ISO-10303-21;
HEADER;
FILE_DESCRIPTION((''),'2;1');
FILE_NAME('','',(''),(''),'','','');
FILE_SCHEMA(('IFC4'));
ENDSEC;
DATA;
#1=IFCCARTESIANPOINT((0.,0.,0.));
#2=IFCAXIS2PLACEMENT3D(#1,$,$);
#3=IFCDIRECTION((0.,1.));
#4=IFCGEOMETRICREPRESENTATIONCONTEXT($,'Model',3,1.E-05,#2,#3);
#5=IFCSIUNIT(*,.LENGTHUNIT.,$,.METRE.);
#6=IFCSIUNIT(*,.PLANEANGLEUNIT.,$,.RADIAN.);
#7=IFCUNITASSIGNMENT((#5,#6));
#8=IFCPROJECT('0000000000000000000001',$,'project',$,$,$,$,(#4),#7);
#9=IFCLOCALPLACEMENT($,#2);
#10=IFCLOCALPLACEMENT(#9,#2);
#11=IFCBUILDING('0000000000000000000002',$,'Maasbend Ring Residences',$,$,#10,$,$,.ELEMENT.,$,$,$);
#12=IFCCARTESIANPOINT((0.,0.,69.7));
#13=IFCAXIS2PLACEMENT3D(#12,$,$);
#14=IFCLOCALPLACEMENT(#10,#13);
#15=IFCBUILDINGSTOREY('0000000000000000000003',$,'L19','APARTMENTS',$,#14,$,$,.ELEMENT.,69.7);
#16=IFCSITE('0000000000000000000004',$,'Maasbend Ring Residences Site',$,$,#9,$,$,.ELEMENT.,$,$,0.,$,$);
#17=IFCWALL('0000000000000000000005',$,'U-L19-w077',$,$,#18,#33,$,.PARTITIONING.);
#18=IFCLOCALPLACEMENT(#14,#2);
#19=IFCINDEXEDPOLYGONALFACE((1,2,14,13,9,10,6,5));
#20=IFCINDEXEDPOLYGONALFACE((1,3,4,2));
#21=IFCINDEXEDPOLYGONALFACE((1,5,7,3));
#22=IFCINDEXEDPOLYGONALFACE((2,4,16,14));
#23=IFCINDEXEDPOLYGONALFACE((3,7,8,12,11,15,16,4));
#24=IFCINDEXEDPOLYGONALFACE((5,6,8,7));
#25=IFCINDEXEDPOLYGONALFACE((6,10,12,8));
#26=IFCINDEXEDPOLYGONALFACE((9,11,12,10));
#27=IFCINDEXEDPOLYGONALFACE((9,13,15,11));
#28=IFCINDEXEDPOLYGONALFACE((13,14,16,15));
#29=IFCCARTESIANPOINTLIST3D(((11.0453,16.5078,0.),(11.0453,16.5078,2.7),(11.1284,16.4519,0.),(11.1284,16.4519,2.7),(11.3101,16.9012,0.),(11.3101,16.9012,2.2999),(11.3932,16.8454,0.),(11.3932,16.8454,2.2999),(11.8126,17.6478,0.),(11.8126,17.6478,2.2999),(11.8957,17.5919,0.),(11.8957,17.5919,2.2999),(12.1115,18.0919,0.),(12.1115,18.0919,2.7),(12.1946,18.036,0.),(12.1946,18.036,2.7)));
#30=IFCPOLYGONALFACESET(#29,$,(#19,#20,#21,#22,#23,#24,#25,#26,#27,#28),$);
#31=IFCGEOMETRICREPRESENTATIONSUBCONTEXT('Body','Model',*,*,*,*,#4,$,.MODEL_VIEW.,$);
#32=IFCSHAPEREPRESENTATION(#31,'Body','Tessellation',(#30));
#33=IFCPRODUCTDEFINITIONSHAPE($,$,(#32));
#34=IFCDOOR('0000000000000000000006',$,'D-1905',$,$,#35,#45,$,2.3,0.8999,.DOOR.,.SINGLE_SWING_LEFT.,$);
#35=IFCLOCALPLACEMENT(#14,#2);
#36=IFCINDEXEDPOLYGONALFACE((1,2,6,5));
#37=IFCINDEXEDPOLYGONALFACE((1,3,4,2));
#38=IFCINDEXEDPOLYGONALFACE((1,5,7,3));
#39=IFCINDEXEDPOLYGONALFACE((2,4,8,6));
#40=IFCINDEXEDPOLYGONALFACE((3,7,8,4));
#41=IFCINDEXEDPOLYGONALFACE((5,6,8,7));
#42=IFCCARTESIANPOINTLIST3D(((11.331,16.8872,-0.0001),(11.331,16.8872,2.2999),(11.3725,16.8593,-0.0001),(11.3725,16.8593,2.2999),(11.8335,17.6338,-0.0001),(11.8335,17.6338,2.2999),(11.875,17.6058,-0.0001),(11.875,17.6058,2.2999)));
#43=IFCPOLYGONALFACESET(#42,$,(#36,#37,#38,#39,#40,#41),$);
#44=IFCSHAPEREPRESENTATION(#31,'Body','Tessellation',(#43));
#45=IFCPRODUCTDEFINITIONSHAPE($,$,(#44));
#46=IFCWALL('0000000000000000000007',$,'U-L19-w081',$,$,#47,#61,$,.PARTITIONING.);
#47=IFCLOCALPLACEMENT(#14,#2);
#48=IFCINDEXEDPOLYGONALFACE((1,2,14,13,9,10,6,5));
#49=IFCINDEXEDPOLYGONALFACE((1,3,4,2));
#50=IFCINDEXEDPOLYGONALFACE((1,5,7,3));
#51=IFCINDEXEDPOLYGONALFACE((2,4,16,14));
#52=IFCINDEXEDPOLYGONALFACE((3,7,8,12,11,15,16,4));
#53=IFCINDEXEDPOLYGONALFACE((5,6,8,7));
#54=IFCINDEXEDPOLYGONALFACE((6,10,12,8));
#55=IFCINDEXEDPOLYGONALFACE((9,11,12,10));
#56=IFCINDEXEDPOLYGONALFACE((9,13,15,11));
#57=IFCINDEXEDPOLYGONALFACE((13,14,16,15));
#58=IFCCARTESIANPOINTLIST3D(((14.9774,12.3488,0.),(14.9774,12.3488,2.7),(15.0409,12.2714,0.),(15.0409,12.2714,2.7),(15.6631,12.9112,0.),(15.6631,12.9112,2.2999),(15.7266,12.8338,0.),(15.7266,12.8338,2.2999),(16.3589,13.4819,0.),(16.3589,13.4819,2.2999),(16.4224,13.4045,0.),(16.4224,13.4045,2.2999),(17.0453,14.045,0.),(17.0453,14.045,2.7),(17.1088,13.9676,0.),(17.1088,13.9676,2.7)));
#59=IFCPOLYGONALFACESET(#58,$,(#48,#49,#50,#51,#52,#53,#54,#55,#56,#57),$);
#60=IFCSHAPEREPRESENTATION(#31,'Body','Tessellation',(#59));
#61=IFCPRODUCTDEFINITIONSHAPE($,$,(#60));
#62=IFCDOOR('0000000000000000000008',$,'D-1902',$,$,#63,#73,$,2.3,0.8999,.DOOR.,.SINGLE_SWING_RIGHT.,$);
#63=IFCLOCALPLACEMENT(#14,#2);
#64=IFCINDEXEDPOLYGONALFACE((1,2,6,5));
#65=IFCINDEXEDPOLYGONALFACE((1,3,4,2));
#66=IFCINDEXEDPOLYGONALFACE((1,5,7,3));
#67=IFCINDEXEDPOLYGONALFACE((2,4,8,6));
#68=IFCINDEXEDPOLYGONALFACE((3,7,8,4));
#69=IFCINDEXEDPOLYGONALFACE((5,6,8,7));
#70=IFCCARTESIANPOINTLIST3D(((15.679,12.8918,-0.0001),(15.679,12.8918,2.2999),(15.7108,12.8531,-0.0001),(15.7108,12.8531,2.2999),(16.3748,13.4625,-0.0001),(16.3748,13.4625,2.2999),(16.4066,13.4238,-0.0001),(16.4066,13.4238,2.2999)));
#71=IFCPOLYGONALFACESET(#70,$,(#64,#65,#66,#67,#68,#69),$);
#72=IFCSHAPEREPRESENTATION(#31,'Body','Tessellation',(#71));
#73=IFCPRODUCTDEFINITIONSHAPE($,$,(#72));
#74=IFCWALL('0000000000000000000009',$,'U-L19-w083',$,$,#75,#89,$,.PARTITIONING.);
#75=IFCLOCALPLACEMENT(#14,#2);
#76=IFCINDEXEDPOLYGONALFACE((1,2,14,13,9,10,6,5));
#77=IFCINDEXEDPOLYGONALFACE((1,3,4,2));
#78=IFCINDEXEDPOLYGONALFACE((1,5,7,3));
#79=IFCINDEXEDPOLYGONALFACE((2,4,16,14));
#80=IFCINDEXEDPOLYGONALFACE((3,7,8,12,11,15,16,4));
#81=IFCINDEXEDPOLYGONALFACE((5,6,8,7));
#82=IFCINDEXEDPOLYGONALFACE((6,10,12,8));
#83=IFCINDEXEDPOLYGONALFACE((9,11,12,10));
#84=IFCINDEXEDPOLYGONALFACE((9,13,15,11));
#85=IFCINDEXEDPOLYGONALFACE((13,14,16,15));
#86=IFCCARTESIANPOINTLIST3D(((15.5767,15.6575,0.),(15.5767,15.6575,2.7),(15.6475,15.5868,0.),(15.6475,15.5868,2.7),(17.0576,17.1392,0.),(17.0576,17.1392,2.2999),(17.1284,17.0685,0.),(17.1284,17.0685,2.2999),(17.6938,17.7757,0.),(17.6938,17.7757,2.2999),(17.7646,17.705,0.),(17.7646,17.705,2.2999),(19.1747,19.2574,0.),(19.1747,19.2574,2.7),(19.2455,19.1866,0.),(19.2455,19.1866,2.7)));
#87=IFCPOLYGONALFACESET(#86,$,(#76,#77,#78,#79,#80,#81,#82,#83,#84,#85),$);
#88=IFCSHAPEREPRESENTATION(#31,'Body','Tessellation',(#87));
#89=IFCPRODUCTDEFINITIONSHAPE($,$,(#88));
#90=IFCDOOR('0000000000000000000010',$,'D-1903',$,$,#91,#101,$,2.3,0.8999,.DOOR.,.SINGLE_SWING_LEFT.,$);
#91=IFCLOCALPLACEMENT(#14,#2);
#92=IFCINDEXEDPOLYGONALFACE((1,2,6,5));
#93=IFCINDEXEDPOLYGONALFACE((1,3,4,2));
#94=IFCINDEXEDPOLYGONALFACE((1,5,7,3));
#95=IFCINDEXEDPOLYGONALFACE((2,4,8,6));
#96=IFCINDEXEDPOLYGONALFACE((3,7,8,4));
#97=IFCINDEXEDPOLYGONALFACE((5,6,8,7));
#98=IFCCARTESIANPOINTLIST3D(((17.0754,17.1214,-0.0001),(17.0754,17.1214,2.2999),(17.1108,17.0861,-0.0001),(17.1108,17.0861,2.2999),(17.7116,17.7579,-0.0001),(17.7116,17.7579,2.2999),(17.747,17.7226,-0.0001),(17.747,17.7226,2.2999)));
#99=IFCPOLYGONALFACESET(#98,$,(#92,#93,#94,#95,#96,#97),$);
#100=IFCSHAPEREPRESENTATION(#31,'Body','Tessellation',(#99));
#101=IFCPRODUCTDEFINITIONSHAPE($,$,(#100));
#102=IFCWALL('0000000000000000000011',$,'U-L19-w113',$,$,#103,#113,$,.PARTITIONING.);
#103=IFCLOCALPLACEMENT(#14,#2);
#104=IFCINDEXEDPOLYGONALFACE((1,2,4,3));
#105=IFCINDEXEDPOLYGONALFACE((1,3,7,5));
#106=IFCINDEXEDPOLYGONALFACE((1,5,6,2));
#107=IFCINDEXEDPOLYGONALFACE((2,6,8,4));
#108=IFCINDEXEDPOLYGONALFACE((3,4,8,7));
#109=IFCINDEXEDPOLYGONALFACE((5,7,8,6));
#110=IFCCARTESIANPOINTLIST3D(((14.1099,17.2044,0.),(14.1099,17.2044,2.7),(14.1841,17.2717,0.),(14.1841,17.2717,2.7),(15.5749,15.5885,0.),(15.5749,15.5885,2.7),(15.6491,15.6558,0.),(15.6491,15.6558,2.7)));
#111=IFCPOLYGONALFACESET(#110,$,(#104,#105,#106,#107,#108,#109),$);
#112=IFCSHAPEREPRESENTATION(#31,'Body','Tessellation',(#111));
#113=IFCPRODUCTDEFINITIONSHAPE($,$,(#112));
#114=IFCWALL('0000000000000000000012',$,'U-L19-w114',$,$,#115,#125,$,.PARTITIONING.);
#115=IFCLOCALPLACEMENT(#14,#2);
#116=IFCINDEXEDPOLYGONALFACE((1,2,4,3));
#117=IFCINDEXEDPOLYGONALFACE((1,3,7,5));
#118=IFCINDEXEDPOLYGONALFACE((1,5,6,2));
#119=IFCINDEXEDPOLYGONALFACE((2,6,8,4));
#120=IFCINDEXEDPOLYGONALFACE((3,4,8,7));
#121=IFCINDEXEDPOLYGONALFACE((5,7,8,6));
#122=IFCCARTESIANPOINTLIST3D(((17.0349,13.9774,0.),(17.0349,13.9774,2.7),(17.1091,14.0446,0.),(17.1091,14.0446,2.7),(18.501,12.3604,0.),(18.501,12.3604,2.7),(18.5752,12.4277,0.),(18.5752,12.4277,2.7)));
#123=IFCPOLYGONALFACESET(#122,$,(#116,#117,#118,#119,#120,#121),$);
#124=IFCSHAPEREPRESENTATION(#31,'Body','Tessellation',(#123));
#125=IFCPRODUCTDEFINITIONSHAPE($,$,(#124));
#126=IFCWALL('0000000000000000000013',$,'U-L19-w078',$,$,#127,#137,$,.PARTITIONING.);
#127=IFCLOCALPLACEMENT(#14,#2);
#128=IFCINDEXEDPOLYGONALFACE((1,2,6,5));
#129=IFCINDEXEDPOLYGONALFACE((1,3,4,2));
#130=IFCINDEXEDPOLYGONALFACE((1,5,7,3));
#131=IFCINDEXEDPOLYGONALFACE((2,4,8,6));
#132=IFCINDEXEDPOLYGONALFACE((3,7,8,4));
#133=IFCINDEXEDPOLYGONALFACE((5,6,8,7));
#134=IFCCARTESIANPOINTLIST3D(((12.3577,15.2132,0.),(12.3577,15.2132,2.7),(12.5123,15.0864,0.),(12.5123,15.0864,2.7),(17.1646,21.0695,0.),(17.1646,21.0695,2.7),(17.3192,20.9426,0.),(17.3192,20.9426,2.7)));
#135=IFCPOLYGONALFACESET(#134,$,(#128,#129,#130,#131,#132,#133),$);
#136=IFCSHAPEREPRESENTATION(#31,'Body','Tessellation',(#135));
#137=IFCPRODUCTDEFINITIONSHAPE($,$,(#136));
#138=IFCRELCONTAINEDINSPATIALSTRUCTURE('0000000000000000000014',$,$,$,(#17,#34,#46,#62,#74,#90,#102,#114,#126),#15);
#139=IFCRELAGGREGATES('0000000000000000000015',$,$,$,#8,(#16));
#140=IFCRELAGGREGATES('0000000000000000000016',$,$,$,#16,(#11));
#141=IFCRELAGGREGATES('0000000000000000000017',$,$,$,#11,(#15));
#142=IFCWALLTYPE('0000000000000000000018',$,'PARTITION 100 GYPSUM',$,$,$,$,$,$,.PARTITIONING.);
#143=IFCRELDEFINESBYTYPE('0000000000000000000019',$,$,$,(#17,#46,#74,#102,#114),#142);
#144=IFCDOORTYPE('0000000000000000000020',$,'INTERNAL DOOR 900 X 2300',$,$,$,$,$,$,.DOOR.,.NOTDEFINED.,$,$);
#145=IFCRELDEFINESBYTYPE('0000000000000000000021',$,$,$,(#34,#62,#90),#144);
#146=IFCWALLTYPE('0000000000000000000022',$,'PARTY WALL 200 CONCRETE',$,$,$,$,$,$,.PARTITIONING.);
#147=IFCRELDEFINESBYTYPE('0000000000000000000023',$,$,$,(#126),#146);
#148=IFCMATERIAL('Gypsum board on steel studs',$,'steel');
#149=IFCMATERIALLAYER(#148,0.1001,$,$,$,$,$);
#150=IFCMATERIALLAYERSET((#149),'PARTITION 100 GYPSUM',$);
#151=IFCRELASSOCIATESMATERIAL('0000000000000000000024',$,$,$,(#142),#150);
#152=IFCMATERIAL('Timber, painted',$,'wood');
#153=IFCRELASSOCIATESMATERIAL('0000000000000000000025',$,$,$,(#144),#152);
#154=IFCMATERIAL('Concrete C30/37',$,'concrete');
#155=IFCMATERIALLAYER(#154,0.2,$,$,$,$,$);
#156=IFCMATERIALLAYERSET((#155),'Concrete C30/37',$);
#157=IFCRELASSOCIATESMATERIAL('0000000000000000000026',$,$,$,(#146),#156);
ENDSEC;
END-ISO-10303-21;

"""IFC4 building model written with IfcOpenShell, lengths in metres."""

from ifc_helpers import new_model, si_unit, direction, frame, frame_2d, origin, place, context, subcontext, project, spatial, rectangle, extrude, material, layer, layer_set, type_object, element, fill, save


model = new_model("IFC4")

# Units and contexts
model_context = context("Model", 3, precision=1e-05, world=origin(), true_north=direction((0.0, 1.0)))
body_context = subcontext(model_context, "Body", "Model", "MODEL_VIEW")
ifc_project = project(units=[si_unit("LENGTHUNIT", "METRE"), si_unit("PLANEANGLEUNIT", "RADIAN")], contexts=[model_context])

# Site, building, storey
site_placement = place(None, origin())
site = spatial("IfcSite", under=ifc_project, at=site_placement, Name="Maasbend Ring Residences Site", CompositionType="ELEMENT", RefElevation=0.0)
building_placement = place(site_placement, origin())
building = spatial("IfcBuilding", under=site, at=building_placement, Name="Maasbend Ring Residences", CompositionType="ELEMENT")
storey_placement = place(building_placement, frame((0.0, 0.0, 69.7)))
storey = spatial("IfcBuildingStorey", under=building, at=storey_placement, Name="L19", Description="APARTMENTS", CompositionType="ELEMENT", Elevation=69.7)

# Walls, openings, doors
ifc_material_1 = material(Name="Gypsum board on steel studs", Category="steel")
ifc_layer_1 = layer(ifc_material_1, 0.1001)
ifc_layer_set_1 = layer_set([ifc_layer_1], Name="PARTITION 100 GYPSUM")
wall_type_1 = type_object("IfcWallType", Name="PARTITION 100 GYPSUM", PredefinedType="PARTITIONING", material=ifc_layer_set_1)
wall_1_placement = place(storey_placement, frame((11.0869, 16.48, 0.0), z_axis=(0.0, 0.0, 1.0), x_axis=(0.558383, 0.829583, 0.0)))
wall_1 = element("IfcWall", 1, at=wall_1_placement, inside=storey, type_object=wall_type_1, Name="U-L19-w077", PredefinedType="PARTITIONING", context=body_context, shape_type="SweptSolid", body=[
    extrude(rectangle(XDim=1.9094, YDim=0.1001, at=frame_2d((0.9546, 0.0))), origin(), (0.0, 0.0, 1.0), 2.7),
])
opening_1_placement = place(wall_1_placement, frame((0.4741, 0.0, 0.0)))
opening_1 = element("IfcOpeningElement", 2, at=opening_1_placement, cuts=wall_1, PredefinedType="OPENING", context=body_context, shape_type="SweptSolid", body=[
    extrude(rectangle(XDim=0.8999, YDim=2.3, at=frame_2d((0.45, 1.1499))), frame((0.0, 0.0601, 0.0), z_axis=(0.0, -1.0, 0.0), x_axis=(1.0, 0.0, 0.0)), (0.0, 0.0, 1.0), 0.1201),
])
ifc_material_2 = material(Name="Timber, painted", Category="wood")
door_type_1 = type_object("IfcDoorType", Name="INTERNAL DOOR 900 X 2300", OperationType="NOTDEFINED", PredefinedType="DOOR", material=ifc_material_2)
door_1_placement = place(opening_1_placement, origin())
door_1 = element("IfcDoor", 3, at=door_1_placement, inside=storey, type_object=door_type_1, Name="D-1905", OperationType="SINGLE_SWING_LEFT", OverallHeight=2.3, OverallWidth=0.8999, PredefinedType="DOOR", context=body_context, shape_type="SweptSolid", body=[
    extrude(rectangle(XDim=0.8999, YDim=2.3, at=frame_2d((0.45, 1.1499))), frame((0.0, 0.0249, 0.0), z_axis=(0.0, -1.0, 0.0), x_axis=(1.0, 0.0, 0.0)), (0.0, 0.0, 1.0), 0.05),
])
fill(opening_1, door_1)
wall_2_placement = place(storey_placement, frame((15.009, 12.3101, 0.0), z_axis=(0.0, 0.0, 1.0), x_axis=(0.773196, 0.634167, 0.0)))
wall_2 = element("IfcWall", 4, at=wall_2_placement, inside=storey, type_object=wall_type_1, Name="U-L19-w081", PredefinedType="PARTITIONING", context=body_context, shape_type="SweptSolid", body=[
    extrude(rectangle(XDim=2.6746, YDim=0.1001, at=frame_2d((1.3374, 0.0))), origin(), (0.0, 0.0, 1.0), 2.7),
])
opening_2_placement = place(wall_2_placement, frame((0.887, 0.0, 0.0)))
opening_2 = element("IfcOpeningElement", 5, at=opening_2_placement, cuts=wall_2, PredefinedType="OPENING", context=body_context, shape_type="SweptSolid", body=[
    extrude(rectangle(XDim=0.8999, YDim=2.3, at=frame_2d((0.45, 1.1499))), frame((0.0, 0.0601, 0.0), z_axis=(0.0, -1.0, 0.0), x_axis=(1.0, 0.0, 0.0)), (0.0, 0.0, 1.0), 0.1201),
])
door_2_placement = place(opening_2_placement, origin())
door_2 = element("IfcDoor", 6, at=door_2_placement, inside=storey, type_object=door_type_1, Name="D-1902", OperationType="SINGLE_SWING_RIGHT", OverallHeight=2.3, OverallWidth=0.8999, PredefinedType="DOOR", context=body_context, shape_type="SweptSolid", body=[
    extrude(rectangle(XDim=0.8999, YDim=2.3, at=frame_2d((0.45, 1.1499))), frame((0.0, 0.0249, 0.0), z_axis=(0.0, -1.0, 0.0), x_axis=(1.0, 0.0, 0.0)), (0.0, 0.0, 1.0), 0.05),
])
fill(opening_2, door_2)
wall_3_placement = place(storey_placement, frame((15.6121, 15.6221, 0.0), z_axis=(0.0, 0.0, 1.0), x_axis=(0.706915, 0.707299, 0.0)))
wall_3 = element("IfcWall", 7, at=wall_3_placement, inside=storey, type_object=wall_type_1, Name="U-L19-w083", PredefinedType="PARTITIONING", context=body_context, shape_type="SweptSolid", body=[
    extrude(rectangle(XDim=5.0896, YDim=0.1001, at=frame_2d((2.5449, 0.0))), origin(), (0.0, 0.0, 1.0), 2.7),
])
opening_3_placement = place(wall_3_placement, frame((2.095, 0.0, 0.0)))
opening_3 = element("IfcOpeningElement", 8, at=opening_3_placement, cuts=wall_3, PredefinedType="OPENING", context=body_context, shape_type="SweptSolid", body=[
    extrude(rectangle(XDim=0.8999, YDim=2.3, at=frame_2d((0.45, 1.1499))), frame((0.0, 0.0601, 0.0), z_axis=(0.0, -1.0, 0.0), x_axis=(1.0, 0.0, 0.0)), (0.0, 0.0, 1.0), 0.1201),
])
door_3_placement = place(opening_3_placement, origin())
door_3 = element("IfcDoor", 9, at=door_3_placement, inside=storey, type_object=door_type_1, Name="D-1903", OperationType="SINGLE_SWING_LEFT", OverallHeight=2.3, OverallWidth=0.8999, PredefinedType="DOOR", context=body_context, shape_type="SweptSolid", body=[
    extrude(rectangle(XDim=0.8999, YDim=2.3, at=frame_2d((0.45, 1.1499))), frame((0.0, 0.0249, 0.0), z_axis=(0.0, -1.0, 0.0), x_axis=(1.0, 0.0, 0.0)), (0.0, 0.0, 1.0), 0.05),
])
fill(opening_3, door_3)

# Walls
wall_4_placement = place(storey_placement, frame((14.147, 17.238, 0.0), z_axis=(0.0, 0.0, 1.0), x_axis=(0.671675, -0.740846, 0.0)))
element("IfcWall", 10, at=wall_4_placement, inside=storey, type_object=wall_type_1, Name="U-L19-w113", PredefinedType="PARTITIONING", context=body_context, shape_type="SweptSolid", body=[
    extrude(rectangle(XDim=2.1812, YDim=0.1001, at=frame_2d((1.0906, 0.0))), origin(), (0.0, 0.0, 1.0), 2.7),
])
wall_5_placement = place(storey_placement, frame((17.072, 14.011, 0.0), z_axis=(0.0, 0.0, 1.0), x_axis=(0.671698, -0.740825, 0.0)))
element("IfcWall", 11, at=wall_5_placement, inside=storey, type_object=wall_type_1, Name="U-L19-w114", PredefinedType="PARTITIONING", context=body_context, shape_type="SweptSolid", body=[
    extrude(rectangle(XDim=2.1826, YDim=0.1001, at=frame_2d((1.0913, 0.0))), origin(), (0.0, 0.0, 1.0), 2.7),
])
ifc_material_3 = material(Name="Concrete C30/37", Category="concrete")
ifc_layer_2 = layer(ifc_material_3, 0.2)
ifc_layer_set_2 = layer_set([ifc_layer_2], Name="Concrete C30/37")
wall_type_2 = type_object("IfcWallType", Name="PARTY WALL 200 CONCRETE", PredefinedType="PARTITIONING", material=ifc_layer_set_2)
wall_6_placement = place(storey_placement, frame((12.4351, 15.1499, 0.0), z_axis=(0.0, 0.0, 1.0), x_axis=(0.634458, 0.772957, 0.0)))
element("IfcWall", 12, at=wall_6_placement, inside=storey, type_object=wall_type_2, Name="U-L19-w078", PredefinedType="PARTITIONING", context=body_context, shape_type="SweptSolid", body=[
    extrude(rectangle(XDim=7.5764, YDim=0.2, at=frame_2d((3.7881, 0.0))), origin(), (0.0, 0.0, 1.0), 2.7),
])

save(model, "model.ifc")
